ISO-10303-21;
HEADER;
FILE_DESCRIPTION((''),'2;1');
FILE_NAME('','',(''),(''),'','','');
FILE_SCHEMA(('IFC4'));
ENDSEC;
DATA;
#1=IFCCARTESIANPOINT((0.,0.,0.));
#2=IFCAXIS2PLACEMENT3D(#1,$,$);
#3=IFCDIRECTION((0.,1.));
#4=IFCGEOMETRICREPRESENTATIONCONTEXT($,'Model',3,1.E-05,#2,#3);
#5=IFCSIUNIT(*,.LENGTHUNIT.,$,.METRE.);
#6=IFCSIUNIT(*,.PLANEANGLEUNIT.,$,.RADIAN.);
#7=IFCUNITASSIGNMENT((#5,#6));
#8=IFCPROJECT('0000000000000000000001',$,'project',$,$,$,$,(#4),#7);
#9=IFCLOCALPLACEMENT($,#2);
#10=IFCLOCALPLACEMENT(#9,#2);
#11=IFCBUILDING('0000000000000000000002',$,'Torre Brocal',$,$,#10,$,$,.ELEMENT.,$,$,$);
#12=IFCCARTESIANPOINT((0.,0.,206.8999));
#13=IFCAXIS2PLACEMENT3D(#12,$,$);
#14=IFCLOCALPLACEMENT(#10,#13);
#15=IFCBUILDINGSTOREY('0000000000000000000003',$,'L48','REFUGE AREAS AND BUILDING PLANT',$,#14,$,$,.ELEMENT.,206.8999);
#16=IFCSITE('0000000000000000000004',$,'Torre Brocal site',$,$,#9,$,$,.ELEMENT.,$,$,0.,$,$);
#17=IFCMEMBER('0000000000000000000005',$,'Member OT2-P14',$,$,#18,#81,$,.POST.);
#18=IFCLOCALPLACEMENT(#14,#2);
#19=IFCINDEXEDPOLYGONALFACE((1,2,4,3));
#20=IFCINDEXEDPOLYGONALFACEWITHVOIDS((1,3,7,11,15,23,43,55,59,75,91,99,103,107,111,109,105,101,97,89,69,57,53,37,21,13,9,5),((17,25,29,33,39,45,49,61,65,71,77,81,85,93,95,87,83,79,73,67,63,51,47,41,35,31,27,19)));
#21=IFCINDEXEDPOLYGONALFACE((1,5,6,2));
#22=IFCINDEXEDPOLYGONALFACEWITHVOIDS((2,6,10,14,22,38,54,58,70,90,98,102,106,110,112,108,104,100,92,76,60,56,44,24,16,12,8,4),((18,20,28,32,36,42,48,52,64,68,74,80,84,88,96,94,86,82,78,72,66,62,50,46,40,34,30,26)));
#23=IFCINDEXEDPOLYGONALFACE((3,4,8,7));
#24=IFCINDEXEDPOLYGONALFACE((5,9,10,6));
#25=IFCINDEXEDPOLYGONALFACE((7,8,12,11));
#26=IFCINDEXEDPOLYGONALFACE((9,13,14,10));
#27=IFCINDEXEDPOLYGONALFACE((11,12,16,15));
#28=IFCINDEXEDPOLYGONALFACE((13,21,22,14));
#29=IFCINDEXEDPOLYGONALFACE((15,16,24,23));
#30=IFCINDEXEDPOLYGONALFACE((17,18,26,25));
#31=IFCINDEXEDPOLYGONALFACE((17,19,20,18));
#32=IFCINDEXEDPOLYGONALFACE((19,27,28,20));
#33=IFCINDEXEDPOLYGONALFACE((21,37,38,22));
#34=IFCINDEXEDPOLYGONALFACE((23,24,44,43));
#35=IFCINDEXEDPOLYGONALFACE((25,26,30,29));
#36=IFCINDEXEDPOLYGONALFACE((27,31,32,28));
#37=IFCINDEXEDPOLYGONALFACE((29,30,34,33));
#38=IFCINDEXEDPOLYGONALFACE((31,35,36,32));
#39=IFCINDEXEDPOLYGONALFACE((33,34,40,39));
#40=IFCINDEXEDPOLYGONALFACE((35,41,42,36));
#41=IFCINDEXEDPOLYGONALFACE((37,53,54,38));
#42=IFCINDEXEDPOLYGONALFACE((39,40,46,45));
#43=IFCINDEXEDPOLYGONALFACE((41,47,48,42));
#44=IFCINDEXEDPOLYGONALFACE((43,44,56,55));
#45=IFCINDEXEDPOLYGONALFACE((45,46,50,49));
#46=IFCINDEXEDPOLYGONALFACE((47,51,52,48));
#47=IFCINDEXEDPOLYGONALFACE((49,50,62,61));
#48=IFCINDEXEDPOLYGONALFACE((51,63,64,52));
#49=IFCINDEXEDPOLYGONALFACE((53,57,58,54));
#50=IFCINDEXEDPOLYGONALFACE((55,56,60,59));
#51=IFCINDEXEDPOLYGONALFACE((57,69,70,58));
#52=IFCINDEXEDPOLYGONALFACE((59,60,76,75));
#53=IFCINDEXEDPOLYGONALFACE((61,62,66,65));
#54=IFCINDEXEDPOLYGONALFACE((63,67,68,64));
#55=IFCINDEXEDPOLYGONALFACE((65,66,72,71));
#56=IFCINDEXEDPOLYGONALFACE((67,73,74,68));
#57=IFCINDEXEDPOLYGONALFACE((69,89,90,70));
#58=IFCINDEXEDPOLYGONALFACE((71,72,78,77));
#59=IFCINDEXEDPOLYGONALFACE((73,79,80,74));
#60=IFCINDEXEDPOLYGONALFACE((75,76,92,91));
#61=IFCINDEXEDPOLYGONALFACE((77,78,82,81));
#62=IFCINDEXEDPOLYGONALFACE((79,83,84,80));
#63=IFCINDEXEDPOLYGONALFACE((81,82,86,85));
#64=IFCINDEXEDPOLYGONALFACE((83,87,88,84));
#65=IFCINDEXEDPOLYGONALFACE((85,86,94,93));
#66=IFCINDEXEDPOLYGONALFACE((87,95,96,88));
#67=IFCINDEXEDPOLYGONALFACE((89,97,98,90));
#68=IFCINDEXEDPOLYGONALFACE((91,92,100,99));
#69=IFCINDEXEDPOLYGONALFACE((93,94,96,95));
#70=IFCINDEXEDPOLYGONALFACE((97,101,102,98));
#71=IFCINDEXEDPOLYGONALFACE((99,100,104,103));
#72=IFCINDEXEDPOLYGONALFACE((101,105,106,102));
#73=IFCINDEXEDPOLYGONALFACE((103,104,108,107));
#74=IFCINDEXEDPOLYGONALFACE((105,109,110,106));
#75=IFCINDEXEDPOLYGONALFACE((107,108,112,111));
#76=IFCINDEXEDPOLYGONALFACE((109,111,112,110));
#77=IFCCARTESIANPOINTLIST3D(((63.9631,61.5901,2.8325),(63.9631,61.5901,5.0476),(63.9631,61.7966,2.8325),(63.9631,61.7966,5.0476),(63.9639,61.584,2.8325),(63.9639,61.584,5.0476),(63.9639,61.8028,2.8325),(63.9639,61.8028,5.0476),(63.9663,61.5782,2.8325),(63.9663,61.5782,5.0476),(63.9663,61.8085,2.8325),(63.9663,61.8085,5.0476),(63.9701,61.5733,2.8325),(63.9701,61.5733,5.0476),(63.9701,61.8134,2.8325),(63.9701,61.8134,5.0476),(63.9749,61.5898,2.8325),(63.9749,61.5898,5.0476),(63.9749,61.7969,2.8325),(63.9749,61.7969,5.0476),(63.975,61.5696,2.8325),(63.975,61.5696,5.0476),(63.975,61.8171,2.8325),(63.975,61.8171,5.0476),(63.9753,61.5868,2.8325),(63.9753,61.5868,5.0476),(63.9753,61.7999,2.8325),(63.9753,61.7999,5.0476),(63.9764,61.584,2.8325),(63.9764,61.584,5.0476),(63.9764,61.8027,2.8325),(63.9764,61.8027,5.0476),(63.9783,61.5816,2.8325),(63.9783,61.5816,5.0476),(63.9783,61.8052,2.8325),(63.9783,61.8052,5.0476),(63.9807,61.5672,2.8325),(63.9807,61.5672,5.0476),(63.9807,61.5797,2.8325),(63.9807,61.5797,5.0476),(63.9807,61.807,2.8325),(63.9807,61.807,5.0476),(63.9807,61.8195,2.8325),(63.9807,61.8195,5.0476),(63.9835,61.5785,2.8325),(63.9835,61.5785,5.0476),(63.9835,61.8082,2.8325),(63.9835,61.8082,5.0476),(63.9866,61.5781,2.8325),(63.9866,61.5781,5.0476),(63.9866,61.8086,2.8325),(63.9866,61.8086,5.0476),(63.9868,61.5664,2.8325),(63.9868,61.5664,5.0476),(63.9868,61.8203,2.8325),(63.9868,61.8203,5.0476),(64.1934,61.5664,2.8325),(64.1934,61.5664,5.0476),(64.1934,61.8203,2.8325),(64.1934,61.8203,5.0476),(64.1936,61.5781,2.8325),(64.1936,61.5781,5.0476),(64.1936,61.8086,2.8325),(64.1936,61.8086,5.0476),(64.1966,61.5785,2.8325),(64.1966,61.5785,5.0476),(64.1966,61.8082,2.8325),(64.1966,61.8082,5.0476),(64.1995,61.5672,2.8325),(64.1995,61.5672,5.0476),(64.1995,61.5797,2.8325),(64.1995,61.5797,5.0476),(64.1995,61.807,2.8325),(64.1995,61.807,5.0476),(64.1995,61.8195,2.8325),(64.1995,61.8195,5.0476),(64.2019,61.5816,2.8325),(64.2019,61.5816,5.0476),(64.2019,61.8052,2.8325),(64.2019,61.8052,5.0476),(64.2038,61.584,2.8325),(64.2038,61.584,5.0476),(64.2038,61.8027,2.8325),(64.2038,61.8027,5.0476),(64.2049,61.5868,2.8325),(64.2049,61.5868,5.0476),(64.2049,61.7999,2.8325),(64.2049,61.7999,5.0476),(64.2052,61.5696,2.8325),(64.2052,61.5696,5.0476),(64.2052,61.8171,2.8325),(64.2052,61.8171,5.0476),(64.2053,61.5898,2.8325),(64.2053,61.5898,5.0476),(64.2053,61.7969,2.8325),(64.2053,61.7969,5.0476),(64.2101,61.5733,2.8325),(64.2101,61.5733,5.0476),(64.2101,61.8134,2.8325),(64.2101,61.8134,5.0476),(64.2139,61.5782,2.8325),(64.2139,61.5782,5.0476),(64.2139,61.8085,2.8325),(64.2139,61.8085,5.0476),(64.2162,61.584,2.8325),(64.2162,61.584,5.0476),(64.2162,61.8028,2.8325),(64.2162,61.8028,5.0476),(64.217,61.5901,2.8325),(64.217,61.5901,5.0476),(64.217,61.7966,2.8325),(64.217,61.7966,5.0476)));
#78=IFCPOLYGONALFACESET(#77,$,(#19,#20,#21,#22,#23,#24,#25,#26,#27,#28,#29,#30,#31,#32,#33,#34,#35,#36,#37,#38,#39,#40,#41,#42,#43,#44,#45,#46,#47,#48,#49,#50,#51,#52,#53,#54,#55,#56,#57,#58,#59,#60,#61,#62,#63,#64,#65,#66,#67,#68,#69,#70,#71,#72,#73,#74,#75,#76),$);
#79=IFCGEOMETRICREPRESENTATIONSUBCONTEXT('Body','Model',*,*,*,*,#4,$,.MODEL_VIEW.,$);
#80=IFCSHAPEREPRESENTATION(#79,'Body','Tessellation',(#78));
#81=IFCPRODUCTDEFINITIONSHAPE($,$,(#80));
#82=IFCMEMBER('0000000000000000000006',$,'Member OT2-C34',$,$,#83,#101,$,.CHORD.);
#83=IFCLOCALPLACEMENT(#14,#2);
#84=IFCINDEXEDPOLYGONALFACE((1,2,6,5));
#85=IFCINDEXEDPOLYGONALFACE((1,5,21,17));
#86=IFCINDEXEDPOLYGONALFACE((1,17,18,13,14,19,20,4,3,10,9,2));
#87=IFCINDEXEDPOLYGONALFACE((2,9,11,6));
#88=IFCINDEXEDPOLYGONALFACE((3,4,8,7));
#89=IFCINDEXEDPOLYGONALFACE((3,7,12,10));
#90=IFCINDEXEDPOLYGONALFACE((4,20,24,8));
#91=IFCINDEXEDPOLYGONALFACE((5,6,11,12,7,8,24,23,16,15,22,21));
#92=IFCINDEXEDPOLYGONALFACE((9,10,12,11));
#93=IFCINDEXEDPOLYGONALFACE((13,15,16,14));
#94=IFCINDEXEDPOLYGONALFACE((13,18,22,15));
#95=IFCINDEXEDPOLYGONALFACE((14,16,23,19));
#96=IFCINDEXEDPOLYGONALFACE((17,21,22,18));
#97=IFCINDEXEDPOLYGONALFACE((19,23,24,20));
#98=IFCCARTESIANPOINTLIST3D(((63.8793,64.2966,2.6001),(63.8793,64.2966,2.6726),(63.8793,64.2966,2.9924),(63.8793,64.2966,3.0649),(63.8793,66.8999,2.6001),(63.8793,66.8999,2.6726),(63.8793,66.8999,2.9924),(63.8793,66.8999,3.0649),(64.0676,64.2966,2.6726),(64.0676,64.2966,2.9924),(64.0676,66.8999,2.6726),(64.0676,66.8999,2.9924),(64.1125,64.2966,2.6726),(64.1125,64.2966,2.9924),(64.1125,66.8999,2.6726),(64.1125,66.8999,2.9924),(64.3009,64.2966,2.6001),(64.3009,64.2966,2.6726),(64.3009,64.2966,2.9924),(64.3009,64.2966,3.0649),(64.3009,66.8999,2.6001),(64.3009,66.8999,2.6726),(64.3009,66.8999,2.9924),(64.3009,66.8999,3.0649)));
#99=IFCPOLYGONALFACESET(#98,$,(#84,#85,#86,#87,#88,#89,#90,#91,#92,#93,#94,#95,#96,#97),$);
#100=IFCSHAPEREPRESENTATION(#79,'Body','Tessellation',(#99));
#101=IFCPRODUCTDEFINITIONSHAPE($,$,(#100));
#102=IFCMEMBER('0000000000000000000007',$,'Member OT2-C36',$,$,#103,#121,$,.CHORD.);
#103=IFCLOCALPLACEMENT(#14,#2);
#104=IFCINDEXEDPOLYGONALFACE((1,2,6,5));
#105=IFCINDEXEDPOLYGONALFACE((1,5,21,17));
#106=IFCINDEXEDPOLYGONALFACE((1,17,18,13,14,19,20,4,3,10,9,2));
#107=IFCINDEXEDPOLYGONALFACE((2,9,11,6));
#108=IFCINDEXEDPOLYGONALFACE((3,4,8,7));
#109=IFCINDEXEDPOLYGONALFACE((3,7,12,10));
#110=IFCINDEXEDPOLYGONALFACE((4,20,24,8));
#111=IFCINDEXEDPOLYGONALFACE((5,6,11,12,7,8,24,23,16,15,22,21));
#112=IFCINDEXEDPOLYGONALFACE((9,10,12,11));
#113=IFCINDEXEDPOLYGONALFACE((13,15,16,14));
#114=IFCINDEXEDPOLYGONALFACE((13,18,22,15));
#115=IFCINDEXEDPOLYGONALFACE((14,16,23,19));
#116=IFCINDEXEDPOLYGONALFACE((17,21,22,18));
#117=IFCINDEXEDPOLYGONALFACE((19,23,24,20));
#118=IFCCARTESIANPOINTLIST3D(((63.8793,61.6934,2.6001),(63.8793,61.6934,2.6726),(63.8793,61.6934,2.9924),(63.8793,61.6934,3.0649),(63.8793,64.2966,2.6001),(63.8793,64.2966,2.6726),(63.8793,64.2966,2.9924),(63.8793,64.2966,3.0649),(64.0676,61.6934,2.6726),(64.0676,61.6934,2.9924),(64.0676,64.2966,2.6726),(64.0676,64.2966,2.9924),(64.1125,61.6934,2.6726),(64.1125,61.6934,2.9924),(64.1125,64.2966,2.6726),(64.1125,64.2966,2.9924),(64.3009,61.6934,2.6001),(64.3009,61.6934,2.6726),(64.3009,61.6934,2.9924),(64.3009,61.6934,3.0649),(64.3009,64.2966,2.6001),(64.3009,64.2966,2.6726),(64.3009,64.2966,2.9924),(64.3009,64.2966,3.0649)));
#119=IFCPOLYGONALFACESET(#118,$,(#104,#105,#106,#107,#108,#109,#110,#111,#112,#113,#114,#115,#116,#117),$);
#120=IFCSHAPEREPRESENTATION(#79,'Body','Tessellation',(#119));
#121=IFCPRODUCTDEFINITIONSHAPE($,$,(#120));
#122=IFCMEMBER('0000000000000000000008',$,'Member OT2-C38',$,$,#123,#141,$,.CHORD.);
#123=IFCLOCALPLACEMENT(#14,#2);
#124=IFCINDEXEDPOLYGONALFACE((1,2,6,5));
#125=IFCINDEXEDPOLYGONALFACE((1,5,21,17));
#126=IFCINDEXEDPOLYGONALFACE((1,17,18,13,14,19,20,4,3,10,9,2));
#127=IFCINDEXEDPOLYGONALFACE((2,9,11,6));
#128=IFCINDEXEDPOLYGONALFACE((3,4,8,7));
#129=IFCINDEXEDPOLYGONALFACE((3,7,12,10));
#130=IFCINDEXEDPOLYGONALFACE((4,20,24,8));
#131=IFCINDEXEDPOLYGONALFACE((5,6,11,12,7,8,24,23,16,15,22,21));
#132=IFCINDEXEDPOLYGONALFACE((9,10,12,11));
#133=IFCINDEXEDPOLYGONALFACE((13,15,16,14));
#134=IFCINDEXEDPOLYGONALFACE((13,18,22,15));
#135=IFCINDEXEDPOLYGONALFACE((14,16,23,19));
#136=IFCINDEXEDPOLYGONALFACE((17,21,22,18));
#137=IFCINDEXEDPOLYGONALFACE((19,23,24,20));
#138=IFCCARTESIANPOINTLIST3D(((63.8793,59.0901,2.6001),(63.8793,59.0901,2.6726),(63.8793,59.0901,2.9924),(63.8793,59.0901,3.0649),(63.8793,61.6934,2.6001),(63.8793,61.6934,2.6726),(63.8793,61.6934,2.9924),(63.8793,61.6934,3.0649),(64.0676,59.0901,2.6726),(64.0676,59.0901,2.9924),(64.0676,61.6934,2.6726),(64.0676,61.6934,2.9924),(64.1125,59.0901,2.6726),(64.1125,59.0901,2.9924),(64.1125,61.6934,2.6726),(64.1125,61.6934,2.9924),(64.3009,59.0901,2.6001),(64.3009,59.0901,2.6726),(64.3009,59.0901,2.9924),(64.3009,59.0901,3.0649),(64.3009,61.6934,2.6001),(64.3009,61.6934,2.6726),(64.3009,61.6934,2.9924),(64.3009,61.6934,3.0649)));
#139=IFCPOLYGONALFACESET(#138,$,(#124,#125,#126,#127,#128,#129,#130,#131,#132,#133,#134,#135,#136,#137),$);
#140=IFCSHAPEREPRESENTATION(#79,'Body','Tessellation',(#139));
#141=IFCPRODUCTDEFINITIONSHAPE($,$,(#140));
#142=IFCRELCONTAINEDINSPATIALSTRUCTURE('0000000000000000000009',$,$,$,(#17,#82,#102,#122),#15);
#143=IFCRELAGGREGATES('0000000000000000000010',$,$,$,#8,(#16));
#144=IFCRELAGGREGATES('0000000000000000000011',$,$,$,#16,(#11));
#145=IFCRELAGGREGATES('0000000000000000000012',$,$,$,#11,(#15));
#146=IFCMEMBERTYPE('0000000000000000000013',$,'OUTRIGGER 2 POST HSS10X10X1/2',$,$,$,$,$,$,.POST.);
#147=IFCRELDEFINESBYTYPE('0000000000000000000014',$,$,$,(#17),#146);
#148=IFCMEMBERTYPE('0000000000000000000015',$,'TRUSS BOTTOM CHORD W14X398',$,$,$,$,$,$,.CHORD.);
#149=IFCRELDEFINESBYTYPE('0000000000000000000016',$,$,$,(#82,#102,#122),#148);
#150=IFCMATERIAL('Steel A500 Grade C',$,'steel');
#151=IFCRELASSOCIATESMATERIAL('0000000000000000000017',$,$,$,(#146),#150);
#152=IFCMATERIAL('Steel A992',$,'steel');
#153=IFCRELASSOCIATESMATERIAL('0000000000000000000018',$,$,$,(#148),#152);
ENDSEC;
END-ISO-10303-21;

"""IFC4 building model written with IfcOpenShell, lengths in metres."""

from ifc_helpers import new_model, si_unit, direction, frame, origin, origin_2d, place, context, subcontext, project, spatial, hollow_rectangle, i_section, extrude, material, material_profile, profile_set, type_object, element, save


model = new_model("IFC4")

# Units and contexts
model_context = context("Model", 3, precision=1e-05, world=origin(), true_north=direction((0.0, 1.0)))
body_context = subcontext(model_context, "Body", "Model", "MODEL_VIEW")
ifc_project = project(units=[si_unit("LENGTHUNIT", "METRE"), si_unit("PLANEANGLEUNIT", "RADIAN")], contexts=[model_context])

# Site, building, storey
site_placement = place(None, origin())
site = spatial("IfcSite", under=ifc_project, at=site_placement, Name="Torre Brocal site", CompositionType="ELEMENT", RefElevation=0.0)
building_placement = place(site_placement, origin())
building = spatial("IfcBuilding", under=site, at=building_placement, Name="Torre Brocal", CompositionType="ELEMENT")
storey_placement = place(building_placement, frame((0.0, 0.0, 206.8999)))
storey = spatial("IfcBuildingStorey", under=building, at=storey_placement, Name="L48", Description="REFUGE AREAS AND BUILDING PLANT", CompositionType="ELEMENT", Elevation=206.8999)

# Members
ifc_material_1 = material(Name="Steel A500 Grade C", Category="steel")
ifc_material_profile_1 = material_profile(ifc_material_1, hollow_rectangle(XDim=0.2539, YDim=0.2539, WallThickness=0.0117, InnerFilletRadius=0.0117, OuterFilletRadius=0.0237, at=origin_2d()), Name="HSS10X10X1/2")
ifc_profile_set_1 = profile_set([ifc_material_profile_1], Name="Steel A500 Grade C")
member_type_1 = type_object("IfcMemberType", Name="OUTRIGGER 2 POST HSS10X10X1/2", PredefinedType="POST", material=ifc_profile_set_1)
for number, where, z_axis, x_axis, name in (
    (1, (64.0901, 61.6934, 2.8325), (0.0, 0.0, 1.0), (1.0, 0.0, 0.0), "Member OT2-P14"),
):
    element("IfcMember", number, at=place(storey_placement, frame(where, z_axis=z_axis, x_axis=x_axis)), inside=storey, type_object=member_type_1, Name=name, PredefinedType="POST", context=body_context, shape_type="SweptSolid", body=[
        extrude(hollow_rectangle(XDim=0.2539, YDim=0.2539, WallThickness=0.0117, InnerFilletRadius=0.0117, OuterFilletRadius=0.0237, at=origin_2d()), origin(), (0.0, 0.0, 1.0), 2.2151),
    ])
ifc_material_2 = material(Name="Steel A992", Category="steel")
ifc_material_profile_2 = material_profile(ifc_material_2, i_section(OverallWidth=0.4216, OverallDepth=0.4648, WebThickness=0.0449, FlangeThickness=0.0725, at=origin_2d()), Name="W14X398")
ifc_profile_set_2 = profile_set([ifc_material_profile_2], Name="Steel A992")
member_type_2 = type_object("IfcMemberType", Name="TRUSS BOTTOM CHORD W14X398", PredefinedType="CHORD", material=ifc_profile_set_2)
for number, where, z_axis, x_axis, name in (
    (2, (64.0901, 66.8999, 2.8325), (0.0, -1.0, 0.0), (1.0, 0.0, 0.0), "Member OT2-C34"),
    (3, (64.0901, 64.2966, 2.8325), (0.0, -1.0, 0.0), (1.0, 0.0, 0.0), "Member OT2-C36"),
    (4, (64.0901, 61.6934, 2.8325), (0.0, -1.0, 0.0), (1.0, 0.0, 0.0), "Member OT2-C38"),
):
    element("IfcMember", number, at=place(storey_placement, frame(where, z_axis=z_axis, x_axis=x_axis)), inside=storey, type_object=member_type_2, Name=name, PredefinedType="CHORD", context=body_context, shape_type="SweptSolid", body=[
        extrude(i_section(OverallWidth=0.4216, OverallDepth=0.4648, WebThickness=0.0449, FlangeThickness=0.0725, at=origin_2d()), origin(), (0.0, 0.0, 1.0), 2.6033),
    ])

save(model, "model.ifc")
